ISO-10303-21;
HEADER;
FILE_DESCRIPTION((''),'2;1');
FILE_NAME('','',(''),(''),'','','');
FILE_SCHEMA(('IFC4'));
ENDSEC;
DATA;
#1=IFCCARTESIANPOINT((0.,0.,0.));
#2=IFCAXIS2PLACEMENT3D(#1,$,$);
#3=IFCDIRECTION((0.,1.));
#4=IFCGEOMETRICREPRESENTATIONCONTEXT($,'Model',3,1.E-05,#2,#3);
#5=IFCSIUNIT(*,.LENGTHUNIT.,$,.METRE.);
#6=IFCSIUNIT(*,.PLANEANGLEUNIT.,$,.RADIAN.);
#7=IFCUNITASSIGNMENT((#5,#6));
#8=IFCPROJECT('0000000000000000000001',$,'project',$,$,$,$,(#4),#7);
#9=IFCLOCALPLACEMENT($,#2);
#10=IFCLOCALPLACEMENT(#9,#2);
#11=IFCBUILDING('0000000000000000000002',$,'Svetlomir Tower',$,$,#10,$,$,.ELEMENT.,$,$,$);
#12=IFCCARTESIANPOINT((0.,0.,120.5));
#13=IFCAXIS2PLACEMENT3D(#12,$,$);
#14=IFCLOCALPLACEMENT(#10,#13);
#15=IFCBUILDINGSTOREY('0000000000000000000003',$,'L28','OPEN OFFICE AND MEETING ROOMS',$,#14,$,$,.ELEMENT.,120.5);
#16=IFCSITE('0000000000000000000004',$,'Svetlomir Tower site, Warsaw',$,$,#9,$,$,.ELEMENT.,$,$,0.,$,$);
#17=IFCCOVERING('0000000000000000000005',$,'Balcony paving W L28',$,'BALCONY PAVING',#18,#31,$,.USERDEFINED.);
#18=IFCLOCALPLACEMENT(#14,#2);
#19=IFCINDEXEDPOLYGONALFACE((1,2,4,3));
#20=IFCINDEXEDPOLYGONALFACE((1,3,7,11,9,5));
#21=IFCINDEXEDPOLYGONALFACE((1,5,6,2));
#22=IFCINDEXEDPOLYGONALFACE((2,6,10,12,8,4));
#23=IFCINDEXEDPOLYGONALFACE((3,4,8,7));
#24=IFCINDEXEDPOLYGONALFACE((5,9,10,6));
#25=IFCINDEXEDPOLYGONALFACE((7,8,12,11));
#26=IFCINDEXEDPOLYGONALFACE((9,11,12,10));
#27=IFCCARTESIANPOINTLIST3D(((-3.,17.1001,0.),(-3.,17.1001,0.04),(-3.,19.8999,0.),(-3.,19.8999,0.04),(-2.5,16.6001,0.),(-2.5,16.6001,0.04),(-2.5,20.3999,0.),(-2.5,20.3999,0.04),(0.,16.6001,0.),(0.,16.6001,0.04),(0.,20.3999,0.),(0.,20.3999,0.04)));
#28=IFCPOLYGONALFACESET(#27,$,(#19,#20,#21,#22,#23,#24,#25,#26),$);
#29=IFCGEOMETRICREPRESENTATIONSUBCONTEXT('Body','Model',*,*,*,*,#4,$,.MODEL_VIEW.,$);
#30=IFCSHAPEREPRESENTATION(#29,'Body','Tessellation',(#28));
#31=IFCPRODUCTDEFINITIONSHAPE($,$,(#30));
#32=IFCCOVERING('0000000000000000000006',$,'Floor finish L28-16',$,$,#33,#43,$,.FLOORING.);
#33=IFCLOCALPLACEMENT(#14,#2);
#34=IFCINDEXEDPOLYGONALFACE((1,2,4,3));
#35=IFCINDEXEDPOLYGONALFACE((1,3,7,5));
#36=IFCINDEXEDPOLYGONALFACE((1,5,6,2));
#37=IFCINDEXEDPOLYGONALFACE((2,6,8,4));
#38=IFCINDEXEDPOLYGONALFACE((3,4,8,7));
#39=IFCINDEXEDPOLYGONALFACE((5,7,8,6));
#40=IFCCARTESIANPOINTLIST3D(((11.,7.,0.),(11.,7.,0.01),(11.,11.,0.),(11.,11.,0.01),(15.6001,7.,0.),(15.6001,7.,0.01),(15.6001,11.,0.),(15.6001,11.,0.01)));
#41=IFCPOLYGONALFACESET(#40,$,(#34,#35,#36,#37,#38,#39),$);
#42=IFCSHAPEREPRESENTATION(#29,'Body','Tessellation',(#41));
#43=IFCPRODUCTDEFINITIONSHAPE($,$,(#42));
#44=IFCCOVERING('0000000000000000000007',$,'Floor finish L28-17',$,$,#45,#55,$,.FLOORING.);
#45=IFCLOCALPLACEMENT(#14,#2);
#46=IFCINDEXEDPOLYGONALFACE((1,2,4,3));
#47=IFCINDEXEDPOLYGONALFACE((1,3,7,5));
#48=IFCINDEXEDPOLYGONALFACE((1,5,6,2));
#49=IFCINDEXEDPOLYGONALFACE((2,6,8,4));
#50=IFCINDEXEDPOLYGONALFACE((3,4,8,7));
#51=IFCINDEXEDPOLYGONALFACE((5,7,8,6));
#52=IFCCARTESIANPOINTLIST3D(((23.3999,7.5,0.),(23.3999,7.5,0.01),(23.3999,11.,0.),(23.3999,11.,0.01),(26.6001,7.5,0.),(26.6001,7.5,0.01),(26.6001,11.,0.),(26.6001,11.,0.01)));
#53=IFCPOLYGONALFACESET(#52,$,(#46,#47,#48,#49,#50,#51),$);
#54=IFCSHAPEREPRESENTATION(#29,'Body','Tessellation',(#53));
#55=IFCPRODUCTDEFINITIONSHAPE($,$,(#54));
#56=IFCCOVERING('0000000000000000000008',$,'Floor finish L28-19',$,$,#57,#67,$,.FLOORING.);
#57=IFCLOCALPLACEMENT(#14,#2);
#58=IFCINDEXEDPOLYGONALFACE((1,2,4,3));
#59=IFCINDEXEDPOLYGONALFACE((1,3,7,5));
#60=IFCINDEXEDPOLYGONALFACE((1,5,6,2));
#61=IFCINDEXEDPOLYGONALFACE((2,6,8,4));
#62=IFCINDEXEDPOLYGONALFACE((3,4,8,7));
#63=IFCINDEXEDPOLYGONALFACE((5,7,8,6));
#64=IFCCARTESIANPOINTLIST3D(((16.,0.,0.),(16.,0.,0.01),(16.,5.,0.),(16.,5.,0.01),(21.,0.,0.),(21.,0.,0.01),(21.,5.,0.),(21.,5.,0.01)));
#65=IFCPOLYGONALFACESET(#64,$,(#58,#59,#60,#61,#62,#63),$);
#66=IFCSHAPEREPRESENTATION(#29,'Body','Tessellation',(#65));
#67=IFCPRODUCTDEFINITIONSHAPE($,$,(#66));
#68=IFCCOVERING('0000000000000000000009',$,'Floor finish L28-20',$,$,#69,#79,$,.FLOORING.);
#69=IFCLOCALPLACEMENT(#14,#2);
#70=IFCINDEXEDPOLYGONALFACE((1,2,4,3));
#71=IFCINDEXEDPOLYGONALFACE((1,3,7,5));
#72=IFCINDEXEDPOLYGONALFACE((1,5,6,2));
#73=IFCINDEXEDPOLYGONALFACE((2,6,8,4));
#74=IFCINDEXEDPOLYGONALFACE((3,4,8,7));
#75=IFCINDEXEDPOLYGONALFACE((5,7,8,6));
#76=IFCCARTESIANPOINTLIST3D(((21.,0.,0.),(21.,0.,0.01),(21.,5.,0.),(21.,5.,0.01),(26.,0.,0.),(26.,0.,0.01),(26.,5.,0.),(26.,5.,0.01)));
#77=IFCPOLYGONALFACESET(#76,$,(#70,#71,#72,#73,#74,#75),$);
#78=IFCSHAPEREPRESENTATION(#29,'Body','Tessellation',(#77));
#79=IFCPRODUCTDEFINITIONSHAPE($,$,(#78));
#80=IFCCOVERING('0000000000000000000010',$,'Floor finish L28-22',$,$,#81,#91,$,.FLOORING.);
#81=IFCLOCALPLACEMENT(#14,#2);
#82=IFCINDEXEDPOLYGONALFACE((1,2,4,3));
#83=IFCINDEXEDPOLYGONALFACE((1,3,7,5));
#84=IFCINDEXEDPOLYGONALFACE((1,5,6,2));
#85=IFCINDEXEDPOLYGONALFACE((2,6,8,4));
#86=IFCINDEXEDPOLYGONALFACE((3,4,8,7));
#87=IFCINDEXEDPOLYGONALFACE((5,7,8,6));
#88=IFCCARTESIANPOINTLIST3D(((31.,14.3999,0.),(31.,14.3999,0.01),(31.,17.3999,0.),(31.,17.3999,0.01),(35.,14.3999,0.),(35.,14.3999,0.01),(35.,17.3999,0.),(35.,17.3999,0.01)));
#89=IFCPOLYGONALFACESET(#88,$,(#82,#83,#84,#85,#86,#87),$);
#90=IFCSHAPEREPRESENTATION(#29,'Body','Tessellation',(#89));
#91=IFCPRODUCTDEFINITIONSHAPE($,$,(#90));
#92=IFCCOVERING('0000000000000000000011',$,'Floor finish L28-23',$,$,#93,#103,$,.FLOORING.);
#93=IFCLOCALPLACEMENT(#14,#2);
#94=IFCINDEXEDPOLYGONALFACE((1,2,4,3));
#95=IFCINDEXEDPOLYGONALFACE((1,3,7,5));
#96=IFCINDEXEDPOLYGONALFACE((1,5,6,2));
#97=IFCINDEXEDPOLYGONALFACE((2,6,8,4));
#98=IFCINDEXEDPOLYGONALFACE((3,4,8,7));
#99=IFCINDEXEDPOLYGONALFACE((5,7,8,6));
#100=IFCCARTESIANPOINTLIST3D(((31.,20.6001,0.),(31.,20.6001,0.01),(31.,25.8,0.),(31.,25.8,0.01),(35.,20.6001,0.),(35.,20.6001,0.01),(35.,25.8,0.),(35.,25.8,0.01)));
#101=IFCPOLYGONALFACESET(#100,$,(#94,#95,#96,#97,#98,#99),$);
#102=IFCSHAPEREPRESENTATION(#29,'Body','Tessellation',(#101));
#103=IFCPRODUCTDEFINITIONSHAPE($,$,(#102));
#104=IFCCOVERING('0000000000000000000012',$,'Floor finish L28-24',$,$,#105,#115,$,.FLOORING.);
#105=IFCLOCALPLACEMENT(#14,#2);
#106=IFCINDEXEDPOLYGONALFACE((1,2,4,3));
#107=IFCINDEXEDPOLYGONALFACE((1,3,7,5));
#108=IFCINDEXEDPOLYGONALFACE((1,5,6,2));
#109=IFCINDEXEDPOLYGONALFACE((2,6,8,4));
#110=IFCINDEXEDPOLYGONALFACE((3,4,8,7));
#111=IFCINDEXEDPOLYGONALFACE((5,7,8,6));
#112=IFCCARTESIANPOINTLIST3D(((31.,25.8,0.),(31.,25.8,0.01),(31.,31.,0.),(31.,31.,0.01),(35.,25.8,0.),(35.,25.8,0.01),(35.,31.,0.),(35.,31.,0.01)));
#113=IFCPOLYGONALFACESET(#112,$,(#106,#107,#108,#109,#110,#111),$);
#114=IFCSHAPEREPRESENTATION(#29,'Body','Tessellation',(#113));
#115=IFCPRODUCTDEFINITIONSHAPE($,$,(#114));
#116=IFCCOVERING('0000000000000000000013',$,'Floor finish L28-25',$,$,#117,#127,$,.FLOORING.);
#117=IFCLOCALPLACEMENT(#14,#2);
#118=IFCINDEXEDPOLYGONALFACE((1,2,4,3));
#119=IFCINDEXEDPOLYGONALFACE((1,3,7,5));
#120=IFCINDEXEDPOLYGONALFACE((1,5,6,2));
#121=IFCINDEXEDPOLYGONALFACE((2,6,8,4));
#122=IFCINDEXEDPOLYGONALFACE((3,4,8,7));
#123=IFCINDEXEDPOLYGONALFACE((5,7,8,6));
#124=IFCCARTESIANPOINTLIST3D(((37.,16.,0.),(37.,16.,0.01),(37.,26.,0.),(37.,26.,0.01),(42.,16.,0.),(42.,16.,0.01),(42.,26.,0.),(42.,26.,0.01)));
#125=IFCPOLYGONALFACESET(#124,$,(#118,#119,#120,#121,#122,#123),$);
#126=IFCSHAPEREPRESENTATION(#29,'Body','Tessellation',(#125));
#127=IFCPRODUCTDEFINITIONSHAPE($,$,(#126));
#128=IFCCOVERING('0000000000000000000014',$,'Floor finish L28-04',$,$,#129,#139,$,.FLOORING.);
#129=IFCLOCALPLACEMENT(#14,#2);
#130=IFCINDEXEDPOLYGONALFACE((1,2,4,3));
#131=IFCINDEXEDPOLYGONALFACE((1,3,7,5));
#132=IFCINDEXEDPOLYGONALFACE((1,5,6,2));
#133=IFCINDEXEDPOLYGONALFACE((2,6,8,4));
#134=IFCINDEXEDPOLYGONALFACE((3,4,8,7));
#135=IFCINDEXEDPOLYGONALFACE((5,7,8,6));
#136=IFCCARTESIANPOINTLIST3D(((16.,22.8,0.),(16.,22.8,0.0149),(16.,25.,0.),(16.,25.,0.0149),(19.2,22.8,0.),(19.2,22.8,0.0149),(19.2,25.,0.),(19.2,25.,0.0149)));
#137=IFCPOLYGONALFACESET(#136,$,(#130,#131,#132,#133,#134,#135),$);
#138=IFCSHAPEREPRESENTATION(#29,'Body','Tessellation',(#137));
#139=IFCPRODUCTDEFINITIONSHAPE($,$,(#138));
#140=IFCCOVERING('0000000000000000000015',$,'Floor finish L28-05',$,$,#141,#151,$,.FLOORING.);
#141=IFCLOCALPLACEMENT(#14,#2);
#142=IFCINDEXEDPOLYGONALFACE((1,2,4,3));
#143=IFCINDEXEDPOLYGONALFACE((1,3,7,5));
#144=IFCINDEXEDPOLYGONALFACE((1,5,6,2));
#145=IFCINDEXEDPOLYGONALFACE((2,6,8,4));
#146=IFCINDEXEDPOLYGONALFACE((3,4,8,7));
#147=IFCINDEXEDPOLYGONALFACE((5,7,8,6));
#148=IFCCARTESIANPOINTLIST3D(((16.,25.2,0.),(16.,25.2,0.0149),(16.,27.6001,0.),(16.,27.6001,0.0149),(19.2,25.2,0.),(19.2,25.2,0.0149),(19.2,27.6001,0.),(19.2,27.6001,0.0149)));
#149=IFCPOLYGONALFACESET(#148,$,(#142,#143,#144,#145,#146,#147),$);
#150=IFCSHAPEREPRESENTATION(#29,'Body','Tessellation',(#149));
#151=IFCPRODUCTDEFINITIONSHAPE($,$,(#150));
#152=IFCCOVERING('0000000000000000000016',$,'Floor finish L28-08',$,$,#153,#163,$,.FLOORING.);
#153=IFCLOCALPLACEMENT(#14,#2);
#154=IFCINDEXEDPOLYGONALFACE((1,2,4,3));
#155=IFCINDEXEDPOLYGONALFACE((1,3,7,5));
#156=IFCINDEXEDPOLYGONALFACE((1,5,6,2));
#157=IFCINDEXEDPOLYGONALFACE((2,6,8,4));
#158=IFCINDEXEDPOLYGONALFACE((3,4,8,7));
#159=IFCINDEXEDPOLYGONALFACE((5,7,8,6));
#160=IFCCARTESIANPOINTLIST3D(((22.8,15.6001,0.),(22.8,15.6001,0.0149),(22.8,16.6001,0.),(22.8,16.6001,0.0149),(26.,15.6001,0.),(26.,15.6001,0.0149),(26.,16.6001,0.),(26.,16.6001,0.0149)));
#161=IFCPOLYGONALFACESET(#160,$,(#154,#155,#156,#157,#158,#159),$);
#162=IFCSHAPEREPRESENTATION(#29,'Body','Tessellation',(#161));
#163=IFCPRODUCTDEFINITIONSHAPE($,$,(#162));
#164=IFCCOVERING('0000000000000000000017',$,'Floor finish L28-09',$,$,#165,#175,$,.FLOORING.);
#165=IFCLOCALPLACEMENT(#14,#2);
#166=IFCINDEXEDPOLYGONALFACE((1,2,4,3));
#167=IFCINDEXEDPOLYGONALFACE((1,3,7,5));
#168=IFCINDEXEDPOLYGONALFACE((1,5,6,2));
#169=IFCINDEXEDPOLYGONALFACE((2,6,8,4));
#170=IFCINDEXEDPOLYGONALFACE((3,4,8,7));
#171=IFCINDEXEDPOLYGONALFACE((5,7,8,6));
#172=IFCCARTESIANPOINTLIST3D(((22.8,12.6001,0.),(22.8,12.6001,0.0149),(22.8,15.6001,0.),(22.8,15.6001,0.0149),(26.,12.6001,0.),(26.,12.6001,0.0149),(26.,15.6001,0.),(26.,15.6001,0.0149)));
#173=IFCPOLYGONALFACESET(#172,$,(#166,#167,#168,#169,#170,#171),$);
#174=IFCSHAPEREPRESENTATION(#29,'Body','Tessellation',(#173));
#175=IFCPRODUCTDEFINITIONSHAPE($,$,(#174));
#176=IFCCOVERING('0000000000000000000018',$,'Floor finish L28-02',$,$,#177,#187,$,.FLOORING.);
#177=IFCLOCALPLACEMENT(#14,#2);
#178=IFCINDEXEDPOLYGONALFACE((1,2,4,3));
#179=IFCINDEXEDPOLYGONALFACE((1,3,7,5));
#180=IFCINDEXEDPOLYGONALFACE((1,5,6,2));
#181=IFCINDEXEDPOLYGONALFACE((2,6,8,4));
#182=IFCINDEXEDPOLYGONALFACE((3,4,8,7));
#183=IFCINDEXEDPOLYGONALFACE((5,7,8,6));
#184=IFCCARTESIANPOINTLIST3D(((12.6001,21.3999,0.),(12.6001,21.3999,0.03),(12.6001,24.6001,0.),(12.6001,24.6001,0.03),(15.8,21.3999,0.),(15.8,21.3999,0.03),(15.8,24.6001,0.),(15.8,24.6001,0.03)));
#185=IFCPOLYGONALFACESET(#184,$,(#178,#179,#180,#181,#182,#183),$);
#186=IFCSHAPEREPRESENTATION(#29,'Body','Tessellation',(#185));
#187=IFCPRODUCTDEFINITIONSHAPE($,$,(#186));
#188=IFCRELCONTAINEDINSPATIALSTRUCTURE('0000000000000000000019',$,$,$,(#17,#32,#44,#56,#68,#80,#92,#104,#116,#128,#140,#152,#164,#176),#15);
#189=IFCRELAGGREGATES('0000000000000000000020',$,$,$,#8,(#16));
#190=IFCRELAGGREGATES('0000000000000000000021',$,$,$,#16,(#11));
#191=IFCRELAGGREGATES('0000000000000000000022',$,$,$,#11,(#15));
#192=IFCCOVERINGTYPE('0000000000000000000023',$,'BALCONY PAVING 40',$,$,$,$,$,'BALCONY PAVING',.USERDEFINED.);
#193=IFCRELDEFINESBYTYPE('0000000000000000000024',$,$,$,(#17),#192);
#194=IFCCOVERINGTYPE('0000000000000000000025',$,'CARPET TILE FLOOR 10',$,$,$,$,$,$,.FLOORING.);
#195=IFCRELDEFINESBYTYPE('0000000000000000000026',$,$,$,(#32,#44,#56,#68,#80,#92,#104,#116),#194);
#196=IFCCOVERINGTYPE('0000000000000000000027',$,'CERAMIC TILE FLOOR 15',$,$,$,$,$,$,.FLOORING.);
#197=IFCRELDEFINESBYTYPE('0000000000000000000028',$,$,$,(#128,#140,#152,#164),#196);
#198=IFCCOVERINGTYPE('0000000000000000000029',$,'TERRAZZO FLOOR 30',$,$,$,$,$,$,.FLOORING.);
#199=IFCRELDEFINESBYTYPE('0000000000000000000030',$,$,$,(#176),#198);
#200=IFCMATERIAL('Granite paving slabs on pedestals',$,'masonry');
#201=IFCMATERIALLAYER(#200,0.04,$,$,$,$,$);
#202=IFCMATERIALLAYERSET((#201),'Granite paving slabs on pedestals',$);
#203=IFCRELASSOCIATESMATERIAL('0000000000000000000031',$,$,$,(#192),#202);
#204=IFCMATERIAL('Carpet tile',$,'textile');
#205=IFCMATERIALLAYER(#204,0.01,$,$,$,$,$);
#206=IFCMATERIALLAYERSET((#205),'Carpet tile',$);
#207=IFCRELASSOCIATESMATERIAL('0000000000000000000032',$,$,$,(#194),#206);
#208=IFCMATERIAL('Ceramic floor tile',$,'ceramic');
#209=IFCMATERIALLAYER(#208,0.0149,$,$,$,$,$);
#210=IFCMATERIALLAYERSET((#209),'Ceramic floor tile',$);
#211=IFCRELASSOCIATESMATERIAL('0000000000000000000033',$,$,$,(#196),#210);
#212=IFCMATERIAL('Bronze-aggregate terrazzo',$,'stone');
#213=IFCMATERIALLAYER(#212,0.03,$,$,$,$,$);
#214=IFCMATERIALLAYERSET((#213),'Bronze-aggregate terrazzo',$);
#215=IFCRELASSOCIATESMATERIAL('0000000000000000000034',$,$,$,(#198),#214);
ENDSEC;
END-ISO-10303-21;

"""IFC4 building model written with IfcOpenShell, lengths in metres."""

from ifc_helpers import new_model, si_unit, direction, frame, origin, place, context, subcontext, project, spatial, polyline, outline, extrude, material, layer, layer_set, type_object, element, save


model = new_model("IFC4")

# Units and contexts
model_context = context("Model", 3, precision=1e-05, world=origin(), true_north=direction((0.0, 1.0)))
body_context = subcontext(model_context, "Body", "Model", "MODEL_VIEW")
ifc_project = project(units=[si_unit("LENGTHUNIT", "METRE"), si_unit("PLANEANGLEUNIT", "RADIAN")], contexts=[model_context])

# Site, building, storey
site_placement = place(None, origin())
site = spatial("IfcSite", under=ifc_project, at=site_placement, Name="Svetlomir Tower site, Warsaw", CompositionType="ELEMENT", RefElevation=0.0)
building_placement = place(site_placement, origin())
building = spatial("IfcBuilding", under=site, at=building_placement, Name="Svetlomir Tower", CompositionType="ELEMENT")
storey_placement = place(building_placement, frame((0.0, 0.0, 120.5)))
storey = spatial("IfcBuildingStorey", under=building, at=storey_placement, Name="L28", Description="OPEN OFFICE AND MEETING ROOMS", CompositionType="ELEMENT", Elevation=120.5)

# Coverings
ifc_material_1 = material(Name="Granite paving slabs on pedestals", Category="masonry")
ifc_layer_1 = layer(ifc_material_1, 0.04)
ifc_layer_set_1 = layer_set([ifc_layer_1], Name="Granite paving slabs on pedestals")
covering_type_1 = type_object("IfcCoveringType", Name="BALCONY PAVING 40", ElementType="BALCONY PAVING", PredefinedType="USERDEFINED", material=ifc_layer_set_1)
covering_1_placement = place(storey_placement, origin())
element("IfcCovering", 1, at=covering_1_placement, inside=storey, type_object=covering_type_1, Name="Balcony paving W L28", ObjectType="BALCONY PAVING", PredefinedType="USERDEFINED", context=body_context, shape_type="SweptSolid", body=[
    extrude(outline(polyline([(-2.5, 16.6001), (0.0, 16.6001), (0.0, 20.3999), (-2.5, 20.3999), (-3.0, 19.8999), (-3.0, 17.1001), (-2.5, 16.6001)])), origin(), (0.0, 0.0, 1.0), 0.04),
])
ifc_material_2 = material(Name="Carpet tile", Category="textile")
ifc_layer_2 = layer(ifc_material_2, 0.01)
ifc_layer_set_2 = layer_set([ifc_layer_2], Name="Carpet tile")
covering_type_2 = type_object("IfcCoveringType", Name="CARPET TILE FLOOR 10", PredefinedType="FLOORING", material=ifc_layer_set_2)
covering_2_placement = place(storey_placement, origin())
element("IfcCovering", 2, at=covering_2_placement, inside=storey, type_object=covering_type_2, Name="Floor finish L28-16", PredefinedType="FLOORING", context=body_context, shape_type="SweptSolid", body=[
    extrude(outline(polyline([(11.0, 7.0), (15.6001, 7.0), (15.6001, 11.0), (11.0, 11.0), (11.0, 7.0)])), origin(), (0.0, 0.0, 1.0), 0.01),
])
covering_3_placement = place(storey_placement, origin())
element("IfcCovering", 3, at=covering_3_placement, inside=storey, type_object=covering_type_2, Name="Floor finish L28-17", PredefinedType="FLOORING", context=body_context, shape_type="SweptSolid", body=[
    extrude(outline(polyline([(23.3999, 7.5), (26.6001, 7.5), (26.6001, 11.0), (23.3999, 11.0), (23.3999, 7.5)])), origin(), (0.0, 0.0, 1.0), 0.01),
])
covering_4_placement = place(storey_placement, origin())
element("IfcCovering", 4, at=covering_4_placement, inside=storey, type_object=covering_type_2, Name="Floor finish L28-19", PredefinedType="FLOORING", context=body_context, shape_type="SweptSolid", body=[
    extrude(outline(polyline([(16.0, 0.0), (21.0, 0.0), (21.0, 5.0), (16.0, 5.0), (16.0, 0.0)])), origin(), (0.0, 0.0, 1.0), 0.01),
])
covering_5_placement = place(storey_placement, origin())
element("IfcCovering", 5, at=covering_5_placement, inside=storey, type_object=covering_type_2, Name="Floor finish L28-20", PredefinedType="FLOORING", context=body_context, shape_type="SweptSolid", body=[
    extrude(outline(polyline([(21.0, 0.0), (26.0, 0.0), (26.0, 5.0), (21.0, 5.0), (21.0, 0.0)])), origin(), (0.0, 0.0, 1.0), 0.01),
])
covering_6_placement = place(storey_placement, origin())
element("IfcCovering", 6, at=covering_6_placement, inside=storey, type_object=covering_type_2, Name="Floor finish L28-22", PredefinedType="FLOORING", context=body_context, shape_type="SweptSolid", body=[
    extrude(outline(polyline([(31.0, 14.3999), (35.0, 14.3999), (35.0, 17.3999), (31.0, 17.3999), (31.0, 14.3999)])), origin(), (0.0, 0.0, 1.0), 0.01),
])
covering_7_placement = place(storey_placement, origin())
element("IfcCovering", 7, at=covering_7_placement, inside=storey, type_object=covering_type_2, Name="Floor finish L28-23", PredefinedType="FLOORING", context=body_context, shape_type="SweptSolid", body=[
    extrude(outline(polyline([(31.0, 20.6001), (35.0, 20.6001), (35.0, 25.8), (31.0, 25.8), (31.0, 20.6001)])), origin(), (0.0, 0.0, 1.0), 0.01),
])
covering_8_placement = place(storey_placement, origin())
element("IfcCovering", 8, at=covering_8_placement, inside=storey, type_object=covering_type_2, Name="Floor finish L28-24", PredefinedType="FLOORING", context=body_context, shape_type="SweptSolid", body=[
    extrude(outline(polyline([(31.0, 25.8), (35.0, 25.8), (35.0, 31.0), (31.0, 31.0), (31.0, 25.8)])), origin(), (0.0, 0.0, 1.0), 0.01),
])
covering_9_placement = place(storey_placement, origin())
element("IfcCovering", 9, at=covering_9_placement, inside=storey, type_object=covering_type_2, Name="Floor finish L28-25", PredefinedType="FLOORING", context=body_context, shape_type="SweptSolid", body=[
    extrude(outline(polyline([(37.0, 16.0), (42.0, 16.0), (42.0, 26.0), (37.0, 26.0), (37.0, 16.0)])), origin(), (0.0, 0.0, 1.0), 0.01),
])
ifc_material_3 = material(Name="Ceramic floor tile", Category="ceramic")
ifc_layer_3 = layer(ifc_material_3, 0.0149)
ifc_layer_set_3 = layer_set([ifc_layer_3], Name="Ceramic floor tile")
covering_type_3 = type_object("IfcCoveringType", Name="CERAMIC TILE FLOOR 15", PredefinedType="FLOORING", material=ifc_layer_set_3)
covering_10_placement = place(storey_placement, origin())
element("IfcCovering", 10, at=covering_10_placement, inside=storey, type_object=covering_type_3, Name="Floor finish L28-04", PredefinedType="FLOORING", context=body_context, shape_type="SweptSolid", body=[
    extrude(outline(polyline([(16.0, 22.8), (19.2, 22.8), (19.2, 25.0), (16.0, 25.0), (16.0, 22.8)])), origin(), (0.0, 0.0, 1.0), 0.0149),
])
covering_11_placement = place(storey_placement, origin())
element("IfcCovering", 11, at=covering_11_placement, inside=storey, type_object=covering_type_3, Name="Floor finish L28-05", PredefinedType="FLOORING", context=body_context, shape_type="SweptSolid", body=[
    extrude(outline(polyline([(16.0, 25.2), (19.2, 25.2), (19.2, 27.6001), (16.0, 27.6001), (16.0, 25.2)])), origin(), (0.0, 0.0, 1.0), 0.0149),
])
covering_12_placement = place(storey_placement, origin())
element("IfcCovering", 12, at=covering_12_placement, inside=storey, type_object=covering_type_3, Name="Floor finish L28-08", PredefinedType="FLOORING", context=body_context, shape_type="SweptSolid", body=[
    extrude(outline(polyline([(22.8, 15.6001), (26.0, 15.6001), (26.0, 16.6001), (22.8, 16.6001), (22.8, 15.6001)])), origin(), (0.0, 0.0, 1.0), 0.0149),
])
covering_13_placement = place(storey_placement, origin())
element("IfcCovering", 13, at=covering_13_placement, inside=storey, type_object=covering_type_3, Name="Floor finish L28-09", PredefinedType="FLOORING", context=body_context, shape_type="SweptSolid", body=[
    extrude(outline(polyline([(22.8, 12.6001), (26.0, 12.6001), (26.0, 15.6001), (22.8, 15.6001), (22.8, 12.6001)])), origin(), (0.0, 0.0, 1.0), 0.0149),
])
ifc_material_4 = material(Name="Bronze-aggregate terrazzo", Category="stone")
ifc_layer_4 = layer(ifc_material_4, 0.03)
ifc_layer_set_4 = layer_set([ifc_layer_4], Name="Bronze-aggregate terrazzo")
covering_type_4 = type_object("IfcCoveringType", Name="TERRAZZO FLOOR 30", PredefinedType="FLOORING", material=ifc_layer_set_4)
covering_14_placement = place(storey_placement, origin())
element("IfcCovering", 14, at=covering_14_placement, inside=storey, type_object=covering_type_4, Name="Floor finish L28-02", PredefinedType="FLOORING", context=body_context, shape_type="SweptSolid", body=[
    extrude(outline(polyline([(12.6001, 21.3999), (15.8, 21.3999), (15.8, 24.6001), (12.6001, 24.6001), (12.6001, 21.3999)])), origin(), (0.0, 0.0, 1.0), 0.03),
])

save(model, "model.ifc")
